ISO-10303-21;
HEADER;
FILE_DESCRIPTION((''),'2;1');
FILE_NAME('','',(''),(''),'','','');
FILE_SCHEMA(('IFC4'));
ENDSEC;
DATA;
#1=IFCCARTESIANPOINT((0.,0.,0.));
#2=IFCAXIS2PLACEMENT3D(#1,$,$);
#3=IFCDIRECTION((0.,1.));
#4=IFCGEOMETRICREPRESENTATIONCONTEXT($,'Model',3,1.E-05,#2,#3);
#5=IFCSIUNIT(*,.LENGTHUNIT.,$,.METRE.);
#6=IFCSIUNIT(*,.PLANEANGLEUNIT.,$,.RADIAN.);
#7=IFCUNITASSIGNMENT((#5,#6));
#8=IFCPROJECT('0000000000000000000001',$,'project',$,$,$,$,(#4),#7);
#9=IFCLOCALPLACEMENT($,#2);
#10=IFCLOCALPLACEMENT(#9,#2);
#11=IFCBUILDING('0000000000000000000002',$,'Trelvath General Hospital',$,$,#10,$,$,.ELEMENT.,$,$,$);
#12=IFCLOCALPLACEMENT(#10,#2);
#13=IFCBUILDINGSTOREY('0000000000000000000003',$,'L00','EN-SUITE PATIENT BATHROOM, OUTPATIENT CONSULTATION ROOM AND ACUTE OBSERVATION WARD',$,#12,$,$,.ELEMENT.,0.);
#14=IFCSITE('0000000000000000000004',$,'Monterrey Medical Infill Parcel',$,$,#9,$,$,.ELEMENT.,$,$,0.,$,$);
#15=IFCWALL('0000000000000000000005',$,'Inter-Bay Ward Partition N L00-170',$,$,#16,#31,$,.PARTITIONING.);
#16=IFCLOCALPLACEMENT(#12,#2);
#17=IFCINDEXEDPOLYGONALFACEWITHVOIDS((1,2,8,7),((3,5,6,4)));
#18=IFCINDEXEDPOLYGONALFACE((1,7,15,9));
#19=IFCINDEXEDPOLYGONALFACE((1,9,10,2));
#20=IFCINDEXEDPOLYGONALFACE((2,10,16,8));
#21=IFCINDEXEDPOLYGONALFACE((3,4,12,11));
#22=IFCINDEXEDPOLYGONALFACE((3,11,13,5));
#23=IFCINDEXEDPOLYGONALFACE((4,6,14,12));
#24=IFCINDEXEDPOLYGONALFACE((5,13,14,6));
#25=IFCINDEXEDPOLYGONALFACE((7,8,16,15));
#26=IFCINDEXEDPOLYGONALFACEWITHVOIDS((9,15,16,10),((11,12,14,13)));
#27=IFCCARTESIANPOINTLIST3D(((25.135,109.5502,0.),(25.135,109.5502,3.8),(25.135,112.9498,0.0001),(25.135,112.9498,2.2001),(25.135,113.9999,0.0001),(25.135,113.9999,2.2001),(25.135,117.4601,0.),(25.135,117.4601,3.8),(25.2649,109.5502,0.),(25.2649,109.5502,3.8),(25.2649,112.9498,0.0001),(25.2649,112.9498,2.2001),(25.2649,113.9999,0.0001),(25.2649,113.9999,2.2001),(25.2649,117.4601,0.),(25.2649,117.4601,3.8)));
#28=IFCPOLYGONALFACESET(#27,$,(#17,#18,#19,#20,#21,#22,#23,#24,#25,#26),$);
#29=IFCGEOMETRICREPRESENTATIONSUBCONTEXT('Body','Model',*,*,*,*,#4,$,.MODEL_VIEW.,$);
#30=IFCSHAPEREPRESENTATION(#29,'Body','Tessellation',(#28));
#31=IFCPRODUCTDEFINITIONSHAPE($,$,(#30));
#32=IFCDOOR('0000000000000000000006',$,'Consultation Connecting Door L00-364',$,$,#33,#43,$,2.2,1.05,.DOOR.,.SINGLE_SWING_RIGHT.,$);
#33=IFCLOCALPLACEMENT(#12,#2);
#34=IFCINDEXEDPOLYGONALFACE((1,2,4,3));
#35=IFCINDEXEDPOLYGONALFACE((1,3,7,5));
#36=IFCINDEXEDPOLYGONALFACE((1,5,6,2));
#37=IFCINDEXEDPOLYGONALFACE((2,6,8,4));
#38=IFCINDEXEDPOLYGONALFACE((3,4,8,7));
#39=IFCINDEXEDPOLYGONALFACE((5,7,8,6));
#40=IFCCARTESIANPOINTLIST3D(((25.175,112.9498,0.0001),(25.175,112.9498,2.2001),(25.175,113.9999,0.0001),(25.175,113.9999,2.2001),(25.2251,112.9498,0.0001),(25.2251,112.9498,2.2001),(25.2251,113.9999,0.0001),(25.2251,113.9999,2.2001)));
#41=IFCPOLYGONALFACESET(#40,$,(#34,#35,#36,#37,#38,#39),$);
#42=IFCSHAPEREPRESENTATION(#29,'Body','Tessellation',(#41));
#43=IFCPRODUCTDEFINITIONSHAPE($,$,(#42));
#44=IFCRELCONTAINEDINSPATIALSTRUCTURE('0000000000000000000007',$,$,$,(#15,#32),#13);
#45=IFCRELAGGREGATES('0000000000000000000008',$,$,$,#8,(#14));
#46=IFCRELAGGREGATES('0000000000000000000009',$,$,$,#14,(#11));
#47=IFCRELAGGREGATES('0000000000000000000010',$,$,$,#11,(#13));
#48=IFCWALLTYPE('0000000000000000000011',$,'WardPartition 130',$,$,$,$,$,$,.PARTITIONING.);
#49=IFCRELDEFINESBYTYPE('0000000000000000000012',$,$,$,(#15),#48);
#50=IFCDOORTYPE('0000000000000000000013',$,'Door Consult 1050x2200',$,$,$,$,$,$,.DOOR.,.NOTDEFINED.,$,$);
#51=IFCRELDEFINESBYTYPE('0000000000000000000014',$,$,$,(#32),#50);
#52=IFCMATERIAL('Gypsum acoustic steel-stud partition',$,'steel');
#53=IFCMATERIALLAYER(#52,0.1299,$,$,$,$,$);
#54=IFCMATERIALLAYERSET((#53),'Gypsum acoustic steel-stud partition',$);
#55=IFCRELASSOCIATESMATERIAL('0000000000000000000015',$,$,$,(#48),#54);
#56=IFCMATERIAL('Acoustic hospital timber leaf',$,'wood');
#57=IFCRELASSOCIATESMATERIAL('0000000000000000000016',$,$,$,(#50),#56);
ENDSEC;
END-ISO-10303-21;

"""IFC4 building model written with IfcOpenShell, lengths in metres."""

from ifc_helpers import new_model, si_unit, direction, frame, frame_2d, origin, place, context, subcontext, project, spatial, rectangle, extrude, material, layer, layer_set, type_object, element, fill, save


model = new_model("IFC4")

# Units and contexts
model_context = context("Model", 3, precision=1e-05, world=origin(), true_north=direction((0.0, 1.0)))
body_context = subcontext(model_context, "Body", "Model", "MODEL_VIEW")
ifc_project = project(units=[si_unit("LENGTHUNIT", "METRE"), si_unit("PLANEANGLEUNIT", "RADIAN")], contexts=[model_context])

# Site, building, storey
site_placement = place(None, origin())
site = spatial("IfcSite", under=ifc_project, at=site_placement, Name="Monterrey Medical Infill Parcel", CompositionType="ELEMENT", RefElevation=0.0)
building_placement = place(site_placement, origin())
building = spatial("IfcBuilding", under=site, at=building_placement, Name="Trelvath General Hospital", CompositionType="ELEMENT")
storey_placement = place(building_placement, origin())
storey = spatial("IfcBuildingStorey", under=building, at=storey_placement, Name="L00", Description="EN-SUITE PATIENT BATHROOM, OUTPATIENT CONSULTATION ROOM AND ACUTE OBSERVATION WARD", CompositionType="ELEMENT", Elevation=0.0)

# Wall, opening, door
ifc_material_1 = material(Name="Gypsum acoustic steel-stud partition", Category="steel")
ifc_layer_1 = layer(ifc_material_1, 0.1299)
ifc_layer_set_1 = layer_set([ifc_layer_1], Name="Gypsum acoustic steel-stud partition")
wall_type_1 = type_object("IfcWallType", Name="WardPartition 130", PredefinedType="PARTITIONING", material=ifc_layer_set_1)
wall_1_placement = place(storey_placement, frame((25.2, 109.55, 0.0), z_axis=(0.0, 0.0, 1.0), x_axis=(0.0, 1.0, 0.0)))
wall_1 = element("IfcWall", 1, at=wall_1_placement, inside=storey, type_object=wall_type_1, Name="Inter-Bay Ward Partition N L00-170", PredefinedType="PARTITIONING", context=body_context, shape_type="SweptSolid", body=[
    extrude(rectangle(XDim=7.9099, YDim=0.1299, at=frame_2d((3.9551, 0.0))), origin(), (0.0, 0.0, 1.0), 3.8),
])
opening_1_placement = place(wall_1_placement, frame((3.3999, 0.0, 0.0)))
opening_1 = element("IfcOpeningElement", 2, at=opening_1_placement, cuts=wall_1, PredefinedType="OPENING", context=body_context, shape_type="SweptSolid", body=[
    extrude(rectangle(XDim=1.05, YDim=2.2, at=frame_2d((0.5249, 1.1001))), frame((0.0, 0.075, 0.0), z_axis=(0.0, -1.0, 0.0), x_axis=(1.0, 0.0, 0.0)), (0.0, 0.0, 1.0), 0.1499),
])
ifc_material_2 = material(Name="Acoustic hospital timber leaf", Category="wood")
door_type_1 = type_object("IfcDoorType", Name="Door Consult 1050x2200", OperationType="NOTDEFINED", PredefinedType="DOOR", material=ifc_material_2)
door_1_placement = place(opening_1_placement, origin())
door_1 = element("IfcDoor", 3, at=door_1_placement, inside=storey, type_object=door_type_1, Name="Consultation Connecting Door L00-364", OperationType="SINGLE_SWING_RIGHT", OverallHeight=2.2, OverallWidth=1.05, PredefinedType="DOOR", context=body_context, shape_type="SweptSolid", body=[
    extrude(rectangle(XDim=1.05, YDim=2.2, at=frame_2d((0.5249, 1.1001))), frame((0.0, 0.0249, 0.0), z_axis=(0.0, -1.0, 0.0), x_axis=(1.0, 0.0, 0.0)), (0.0, 0.0, 1.0), 0.05),
])
fill(opening_1, door_1)

save(model, "model.ifc")
